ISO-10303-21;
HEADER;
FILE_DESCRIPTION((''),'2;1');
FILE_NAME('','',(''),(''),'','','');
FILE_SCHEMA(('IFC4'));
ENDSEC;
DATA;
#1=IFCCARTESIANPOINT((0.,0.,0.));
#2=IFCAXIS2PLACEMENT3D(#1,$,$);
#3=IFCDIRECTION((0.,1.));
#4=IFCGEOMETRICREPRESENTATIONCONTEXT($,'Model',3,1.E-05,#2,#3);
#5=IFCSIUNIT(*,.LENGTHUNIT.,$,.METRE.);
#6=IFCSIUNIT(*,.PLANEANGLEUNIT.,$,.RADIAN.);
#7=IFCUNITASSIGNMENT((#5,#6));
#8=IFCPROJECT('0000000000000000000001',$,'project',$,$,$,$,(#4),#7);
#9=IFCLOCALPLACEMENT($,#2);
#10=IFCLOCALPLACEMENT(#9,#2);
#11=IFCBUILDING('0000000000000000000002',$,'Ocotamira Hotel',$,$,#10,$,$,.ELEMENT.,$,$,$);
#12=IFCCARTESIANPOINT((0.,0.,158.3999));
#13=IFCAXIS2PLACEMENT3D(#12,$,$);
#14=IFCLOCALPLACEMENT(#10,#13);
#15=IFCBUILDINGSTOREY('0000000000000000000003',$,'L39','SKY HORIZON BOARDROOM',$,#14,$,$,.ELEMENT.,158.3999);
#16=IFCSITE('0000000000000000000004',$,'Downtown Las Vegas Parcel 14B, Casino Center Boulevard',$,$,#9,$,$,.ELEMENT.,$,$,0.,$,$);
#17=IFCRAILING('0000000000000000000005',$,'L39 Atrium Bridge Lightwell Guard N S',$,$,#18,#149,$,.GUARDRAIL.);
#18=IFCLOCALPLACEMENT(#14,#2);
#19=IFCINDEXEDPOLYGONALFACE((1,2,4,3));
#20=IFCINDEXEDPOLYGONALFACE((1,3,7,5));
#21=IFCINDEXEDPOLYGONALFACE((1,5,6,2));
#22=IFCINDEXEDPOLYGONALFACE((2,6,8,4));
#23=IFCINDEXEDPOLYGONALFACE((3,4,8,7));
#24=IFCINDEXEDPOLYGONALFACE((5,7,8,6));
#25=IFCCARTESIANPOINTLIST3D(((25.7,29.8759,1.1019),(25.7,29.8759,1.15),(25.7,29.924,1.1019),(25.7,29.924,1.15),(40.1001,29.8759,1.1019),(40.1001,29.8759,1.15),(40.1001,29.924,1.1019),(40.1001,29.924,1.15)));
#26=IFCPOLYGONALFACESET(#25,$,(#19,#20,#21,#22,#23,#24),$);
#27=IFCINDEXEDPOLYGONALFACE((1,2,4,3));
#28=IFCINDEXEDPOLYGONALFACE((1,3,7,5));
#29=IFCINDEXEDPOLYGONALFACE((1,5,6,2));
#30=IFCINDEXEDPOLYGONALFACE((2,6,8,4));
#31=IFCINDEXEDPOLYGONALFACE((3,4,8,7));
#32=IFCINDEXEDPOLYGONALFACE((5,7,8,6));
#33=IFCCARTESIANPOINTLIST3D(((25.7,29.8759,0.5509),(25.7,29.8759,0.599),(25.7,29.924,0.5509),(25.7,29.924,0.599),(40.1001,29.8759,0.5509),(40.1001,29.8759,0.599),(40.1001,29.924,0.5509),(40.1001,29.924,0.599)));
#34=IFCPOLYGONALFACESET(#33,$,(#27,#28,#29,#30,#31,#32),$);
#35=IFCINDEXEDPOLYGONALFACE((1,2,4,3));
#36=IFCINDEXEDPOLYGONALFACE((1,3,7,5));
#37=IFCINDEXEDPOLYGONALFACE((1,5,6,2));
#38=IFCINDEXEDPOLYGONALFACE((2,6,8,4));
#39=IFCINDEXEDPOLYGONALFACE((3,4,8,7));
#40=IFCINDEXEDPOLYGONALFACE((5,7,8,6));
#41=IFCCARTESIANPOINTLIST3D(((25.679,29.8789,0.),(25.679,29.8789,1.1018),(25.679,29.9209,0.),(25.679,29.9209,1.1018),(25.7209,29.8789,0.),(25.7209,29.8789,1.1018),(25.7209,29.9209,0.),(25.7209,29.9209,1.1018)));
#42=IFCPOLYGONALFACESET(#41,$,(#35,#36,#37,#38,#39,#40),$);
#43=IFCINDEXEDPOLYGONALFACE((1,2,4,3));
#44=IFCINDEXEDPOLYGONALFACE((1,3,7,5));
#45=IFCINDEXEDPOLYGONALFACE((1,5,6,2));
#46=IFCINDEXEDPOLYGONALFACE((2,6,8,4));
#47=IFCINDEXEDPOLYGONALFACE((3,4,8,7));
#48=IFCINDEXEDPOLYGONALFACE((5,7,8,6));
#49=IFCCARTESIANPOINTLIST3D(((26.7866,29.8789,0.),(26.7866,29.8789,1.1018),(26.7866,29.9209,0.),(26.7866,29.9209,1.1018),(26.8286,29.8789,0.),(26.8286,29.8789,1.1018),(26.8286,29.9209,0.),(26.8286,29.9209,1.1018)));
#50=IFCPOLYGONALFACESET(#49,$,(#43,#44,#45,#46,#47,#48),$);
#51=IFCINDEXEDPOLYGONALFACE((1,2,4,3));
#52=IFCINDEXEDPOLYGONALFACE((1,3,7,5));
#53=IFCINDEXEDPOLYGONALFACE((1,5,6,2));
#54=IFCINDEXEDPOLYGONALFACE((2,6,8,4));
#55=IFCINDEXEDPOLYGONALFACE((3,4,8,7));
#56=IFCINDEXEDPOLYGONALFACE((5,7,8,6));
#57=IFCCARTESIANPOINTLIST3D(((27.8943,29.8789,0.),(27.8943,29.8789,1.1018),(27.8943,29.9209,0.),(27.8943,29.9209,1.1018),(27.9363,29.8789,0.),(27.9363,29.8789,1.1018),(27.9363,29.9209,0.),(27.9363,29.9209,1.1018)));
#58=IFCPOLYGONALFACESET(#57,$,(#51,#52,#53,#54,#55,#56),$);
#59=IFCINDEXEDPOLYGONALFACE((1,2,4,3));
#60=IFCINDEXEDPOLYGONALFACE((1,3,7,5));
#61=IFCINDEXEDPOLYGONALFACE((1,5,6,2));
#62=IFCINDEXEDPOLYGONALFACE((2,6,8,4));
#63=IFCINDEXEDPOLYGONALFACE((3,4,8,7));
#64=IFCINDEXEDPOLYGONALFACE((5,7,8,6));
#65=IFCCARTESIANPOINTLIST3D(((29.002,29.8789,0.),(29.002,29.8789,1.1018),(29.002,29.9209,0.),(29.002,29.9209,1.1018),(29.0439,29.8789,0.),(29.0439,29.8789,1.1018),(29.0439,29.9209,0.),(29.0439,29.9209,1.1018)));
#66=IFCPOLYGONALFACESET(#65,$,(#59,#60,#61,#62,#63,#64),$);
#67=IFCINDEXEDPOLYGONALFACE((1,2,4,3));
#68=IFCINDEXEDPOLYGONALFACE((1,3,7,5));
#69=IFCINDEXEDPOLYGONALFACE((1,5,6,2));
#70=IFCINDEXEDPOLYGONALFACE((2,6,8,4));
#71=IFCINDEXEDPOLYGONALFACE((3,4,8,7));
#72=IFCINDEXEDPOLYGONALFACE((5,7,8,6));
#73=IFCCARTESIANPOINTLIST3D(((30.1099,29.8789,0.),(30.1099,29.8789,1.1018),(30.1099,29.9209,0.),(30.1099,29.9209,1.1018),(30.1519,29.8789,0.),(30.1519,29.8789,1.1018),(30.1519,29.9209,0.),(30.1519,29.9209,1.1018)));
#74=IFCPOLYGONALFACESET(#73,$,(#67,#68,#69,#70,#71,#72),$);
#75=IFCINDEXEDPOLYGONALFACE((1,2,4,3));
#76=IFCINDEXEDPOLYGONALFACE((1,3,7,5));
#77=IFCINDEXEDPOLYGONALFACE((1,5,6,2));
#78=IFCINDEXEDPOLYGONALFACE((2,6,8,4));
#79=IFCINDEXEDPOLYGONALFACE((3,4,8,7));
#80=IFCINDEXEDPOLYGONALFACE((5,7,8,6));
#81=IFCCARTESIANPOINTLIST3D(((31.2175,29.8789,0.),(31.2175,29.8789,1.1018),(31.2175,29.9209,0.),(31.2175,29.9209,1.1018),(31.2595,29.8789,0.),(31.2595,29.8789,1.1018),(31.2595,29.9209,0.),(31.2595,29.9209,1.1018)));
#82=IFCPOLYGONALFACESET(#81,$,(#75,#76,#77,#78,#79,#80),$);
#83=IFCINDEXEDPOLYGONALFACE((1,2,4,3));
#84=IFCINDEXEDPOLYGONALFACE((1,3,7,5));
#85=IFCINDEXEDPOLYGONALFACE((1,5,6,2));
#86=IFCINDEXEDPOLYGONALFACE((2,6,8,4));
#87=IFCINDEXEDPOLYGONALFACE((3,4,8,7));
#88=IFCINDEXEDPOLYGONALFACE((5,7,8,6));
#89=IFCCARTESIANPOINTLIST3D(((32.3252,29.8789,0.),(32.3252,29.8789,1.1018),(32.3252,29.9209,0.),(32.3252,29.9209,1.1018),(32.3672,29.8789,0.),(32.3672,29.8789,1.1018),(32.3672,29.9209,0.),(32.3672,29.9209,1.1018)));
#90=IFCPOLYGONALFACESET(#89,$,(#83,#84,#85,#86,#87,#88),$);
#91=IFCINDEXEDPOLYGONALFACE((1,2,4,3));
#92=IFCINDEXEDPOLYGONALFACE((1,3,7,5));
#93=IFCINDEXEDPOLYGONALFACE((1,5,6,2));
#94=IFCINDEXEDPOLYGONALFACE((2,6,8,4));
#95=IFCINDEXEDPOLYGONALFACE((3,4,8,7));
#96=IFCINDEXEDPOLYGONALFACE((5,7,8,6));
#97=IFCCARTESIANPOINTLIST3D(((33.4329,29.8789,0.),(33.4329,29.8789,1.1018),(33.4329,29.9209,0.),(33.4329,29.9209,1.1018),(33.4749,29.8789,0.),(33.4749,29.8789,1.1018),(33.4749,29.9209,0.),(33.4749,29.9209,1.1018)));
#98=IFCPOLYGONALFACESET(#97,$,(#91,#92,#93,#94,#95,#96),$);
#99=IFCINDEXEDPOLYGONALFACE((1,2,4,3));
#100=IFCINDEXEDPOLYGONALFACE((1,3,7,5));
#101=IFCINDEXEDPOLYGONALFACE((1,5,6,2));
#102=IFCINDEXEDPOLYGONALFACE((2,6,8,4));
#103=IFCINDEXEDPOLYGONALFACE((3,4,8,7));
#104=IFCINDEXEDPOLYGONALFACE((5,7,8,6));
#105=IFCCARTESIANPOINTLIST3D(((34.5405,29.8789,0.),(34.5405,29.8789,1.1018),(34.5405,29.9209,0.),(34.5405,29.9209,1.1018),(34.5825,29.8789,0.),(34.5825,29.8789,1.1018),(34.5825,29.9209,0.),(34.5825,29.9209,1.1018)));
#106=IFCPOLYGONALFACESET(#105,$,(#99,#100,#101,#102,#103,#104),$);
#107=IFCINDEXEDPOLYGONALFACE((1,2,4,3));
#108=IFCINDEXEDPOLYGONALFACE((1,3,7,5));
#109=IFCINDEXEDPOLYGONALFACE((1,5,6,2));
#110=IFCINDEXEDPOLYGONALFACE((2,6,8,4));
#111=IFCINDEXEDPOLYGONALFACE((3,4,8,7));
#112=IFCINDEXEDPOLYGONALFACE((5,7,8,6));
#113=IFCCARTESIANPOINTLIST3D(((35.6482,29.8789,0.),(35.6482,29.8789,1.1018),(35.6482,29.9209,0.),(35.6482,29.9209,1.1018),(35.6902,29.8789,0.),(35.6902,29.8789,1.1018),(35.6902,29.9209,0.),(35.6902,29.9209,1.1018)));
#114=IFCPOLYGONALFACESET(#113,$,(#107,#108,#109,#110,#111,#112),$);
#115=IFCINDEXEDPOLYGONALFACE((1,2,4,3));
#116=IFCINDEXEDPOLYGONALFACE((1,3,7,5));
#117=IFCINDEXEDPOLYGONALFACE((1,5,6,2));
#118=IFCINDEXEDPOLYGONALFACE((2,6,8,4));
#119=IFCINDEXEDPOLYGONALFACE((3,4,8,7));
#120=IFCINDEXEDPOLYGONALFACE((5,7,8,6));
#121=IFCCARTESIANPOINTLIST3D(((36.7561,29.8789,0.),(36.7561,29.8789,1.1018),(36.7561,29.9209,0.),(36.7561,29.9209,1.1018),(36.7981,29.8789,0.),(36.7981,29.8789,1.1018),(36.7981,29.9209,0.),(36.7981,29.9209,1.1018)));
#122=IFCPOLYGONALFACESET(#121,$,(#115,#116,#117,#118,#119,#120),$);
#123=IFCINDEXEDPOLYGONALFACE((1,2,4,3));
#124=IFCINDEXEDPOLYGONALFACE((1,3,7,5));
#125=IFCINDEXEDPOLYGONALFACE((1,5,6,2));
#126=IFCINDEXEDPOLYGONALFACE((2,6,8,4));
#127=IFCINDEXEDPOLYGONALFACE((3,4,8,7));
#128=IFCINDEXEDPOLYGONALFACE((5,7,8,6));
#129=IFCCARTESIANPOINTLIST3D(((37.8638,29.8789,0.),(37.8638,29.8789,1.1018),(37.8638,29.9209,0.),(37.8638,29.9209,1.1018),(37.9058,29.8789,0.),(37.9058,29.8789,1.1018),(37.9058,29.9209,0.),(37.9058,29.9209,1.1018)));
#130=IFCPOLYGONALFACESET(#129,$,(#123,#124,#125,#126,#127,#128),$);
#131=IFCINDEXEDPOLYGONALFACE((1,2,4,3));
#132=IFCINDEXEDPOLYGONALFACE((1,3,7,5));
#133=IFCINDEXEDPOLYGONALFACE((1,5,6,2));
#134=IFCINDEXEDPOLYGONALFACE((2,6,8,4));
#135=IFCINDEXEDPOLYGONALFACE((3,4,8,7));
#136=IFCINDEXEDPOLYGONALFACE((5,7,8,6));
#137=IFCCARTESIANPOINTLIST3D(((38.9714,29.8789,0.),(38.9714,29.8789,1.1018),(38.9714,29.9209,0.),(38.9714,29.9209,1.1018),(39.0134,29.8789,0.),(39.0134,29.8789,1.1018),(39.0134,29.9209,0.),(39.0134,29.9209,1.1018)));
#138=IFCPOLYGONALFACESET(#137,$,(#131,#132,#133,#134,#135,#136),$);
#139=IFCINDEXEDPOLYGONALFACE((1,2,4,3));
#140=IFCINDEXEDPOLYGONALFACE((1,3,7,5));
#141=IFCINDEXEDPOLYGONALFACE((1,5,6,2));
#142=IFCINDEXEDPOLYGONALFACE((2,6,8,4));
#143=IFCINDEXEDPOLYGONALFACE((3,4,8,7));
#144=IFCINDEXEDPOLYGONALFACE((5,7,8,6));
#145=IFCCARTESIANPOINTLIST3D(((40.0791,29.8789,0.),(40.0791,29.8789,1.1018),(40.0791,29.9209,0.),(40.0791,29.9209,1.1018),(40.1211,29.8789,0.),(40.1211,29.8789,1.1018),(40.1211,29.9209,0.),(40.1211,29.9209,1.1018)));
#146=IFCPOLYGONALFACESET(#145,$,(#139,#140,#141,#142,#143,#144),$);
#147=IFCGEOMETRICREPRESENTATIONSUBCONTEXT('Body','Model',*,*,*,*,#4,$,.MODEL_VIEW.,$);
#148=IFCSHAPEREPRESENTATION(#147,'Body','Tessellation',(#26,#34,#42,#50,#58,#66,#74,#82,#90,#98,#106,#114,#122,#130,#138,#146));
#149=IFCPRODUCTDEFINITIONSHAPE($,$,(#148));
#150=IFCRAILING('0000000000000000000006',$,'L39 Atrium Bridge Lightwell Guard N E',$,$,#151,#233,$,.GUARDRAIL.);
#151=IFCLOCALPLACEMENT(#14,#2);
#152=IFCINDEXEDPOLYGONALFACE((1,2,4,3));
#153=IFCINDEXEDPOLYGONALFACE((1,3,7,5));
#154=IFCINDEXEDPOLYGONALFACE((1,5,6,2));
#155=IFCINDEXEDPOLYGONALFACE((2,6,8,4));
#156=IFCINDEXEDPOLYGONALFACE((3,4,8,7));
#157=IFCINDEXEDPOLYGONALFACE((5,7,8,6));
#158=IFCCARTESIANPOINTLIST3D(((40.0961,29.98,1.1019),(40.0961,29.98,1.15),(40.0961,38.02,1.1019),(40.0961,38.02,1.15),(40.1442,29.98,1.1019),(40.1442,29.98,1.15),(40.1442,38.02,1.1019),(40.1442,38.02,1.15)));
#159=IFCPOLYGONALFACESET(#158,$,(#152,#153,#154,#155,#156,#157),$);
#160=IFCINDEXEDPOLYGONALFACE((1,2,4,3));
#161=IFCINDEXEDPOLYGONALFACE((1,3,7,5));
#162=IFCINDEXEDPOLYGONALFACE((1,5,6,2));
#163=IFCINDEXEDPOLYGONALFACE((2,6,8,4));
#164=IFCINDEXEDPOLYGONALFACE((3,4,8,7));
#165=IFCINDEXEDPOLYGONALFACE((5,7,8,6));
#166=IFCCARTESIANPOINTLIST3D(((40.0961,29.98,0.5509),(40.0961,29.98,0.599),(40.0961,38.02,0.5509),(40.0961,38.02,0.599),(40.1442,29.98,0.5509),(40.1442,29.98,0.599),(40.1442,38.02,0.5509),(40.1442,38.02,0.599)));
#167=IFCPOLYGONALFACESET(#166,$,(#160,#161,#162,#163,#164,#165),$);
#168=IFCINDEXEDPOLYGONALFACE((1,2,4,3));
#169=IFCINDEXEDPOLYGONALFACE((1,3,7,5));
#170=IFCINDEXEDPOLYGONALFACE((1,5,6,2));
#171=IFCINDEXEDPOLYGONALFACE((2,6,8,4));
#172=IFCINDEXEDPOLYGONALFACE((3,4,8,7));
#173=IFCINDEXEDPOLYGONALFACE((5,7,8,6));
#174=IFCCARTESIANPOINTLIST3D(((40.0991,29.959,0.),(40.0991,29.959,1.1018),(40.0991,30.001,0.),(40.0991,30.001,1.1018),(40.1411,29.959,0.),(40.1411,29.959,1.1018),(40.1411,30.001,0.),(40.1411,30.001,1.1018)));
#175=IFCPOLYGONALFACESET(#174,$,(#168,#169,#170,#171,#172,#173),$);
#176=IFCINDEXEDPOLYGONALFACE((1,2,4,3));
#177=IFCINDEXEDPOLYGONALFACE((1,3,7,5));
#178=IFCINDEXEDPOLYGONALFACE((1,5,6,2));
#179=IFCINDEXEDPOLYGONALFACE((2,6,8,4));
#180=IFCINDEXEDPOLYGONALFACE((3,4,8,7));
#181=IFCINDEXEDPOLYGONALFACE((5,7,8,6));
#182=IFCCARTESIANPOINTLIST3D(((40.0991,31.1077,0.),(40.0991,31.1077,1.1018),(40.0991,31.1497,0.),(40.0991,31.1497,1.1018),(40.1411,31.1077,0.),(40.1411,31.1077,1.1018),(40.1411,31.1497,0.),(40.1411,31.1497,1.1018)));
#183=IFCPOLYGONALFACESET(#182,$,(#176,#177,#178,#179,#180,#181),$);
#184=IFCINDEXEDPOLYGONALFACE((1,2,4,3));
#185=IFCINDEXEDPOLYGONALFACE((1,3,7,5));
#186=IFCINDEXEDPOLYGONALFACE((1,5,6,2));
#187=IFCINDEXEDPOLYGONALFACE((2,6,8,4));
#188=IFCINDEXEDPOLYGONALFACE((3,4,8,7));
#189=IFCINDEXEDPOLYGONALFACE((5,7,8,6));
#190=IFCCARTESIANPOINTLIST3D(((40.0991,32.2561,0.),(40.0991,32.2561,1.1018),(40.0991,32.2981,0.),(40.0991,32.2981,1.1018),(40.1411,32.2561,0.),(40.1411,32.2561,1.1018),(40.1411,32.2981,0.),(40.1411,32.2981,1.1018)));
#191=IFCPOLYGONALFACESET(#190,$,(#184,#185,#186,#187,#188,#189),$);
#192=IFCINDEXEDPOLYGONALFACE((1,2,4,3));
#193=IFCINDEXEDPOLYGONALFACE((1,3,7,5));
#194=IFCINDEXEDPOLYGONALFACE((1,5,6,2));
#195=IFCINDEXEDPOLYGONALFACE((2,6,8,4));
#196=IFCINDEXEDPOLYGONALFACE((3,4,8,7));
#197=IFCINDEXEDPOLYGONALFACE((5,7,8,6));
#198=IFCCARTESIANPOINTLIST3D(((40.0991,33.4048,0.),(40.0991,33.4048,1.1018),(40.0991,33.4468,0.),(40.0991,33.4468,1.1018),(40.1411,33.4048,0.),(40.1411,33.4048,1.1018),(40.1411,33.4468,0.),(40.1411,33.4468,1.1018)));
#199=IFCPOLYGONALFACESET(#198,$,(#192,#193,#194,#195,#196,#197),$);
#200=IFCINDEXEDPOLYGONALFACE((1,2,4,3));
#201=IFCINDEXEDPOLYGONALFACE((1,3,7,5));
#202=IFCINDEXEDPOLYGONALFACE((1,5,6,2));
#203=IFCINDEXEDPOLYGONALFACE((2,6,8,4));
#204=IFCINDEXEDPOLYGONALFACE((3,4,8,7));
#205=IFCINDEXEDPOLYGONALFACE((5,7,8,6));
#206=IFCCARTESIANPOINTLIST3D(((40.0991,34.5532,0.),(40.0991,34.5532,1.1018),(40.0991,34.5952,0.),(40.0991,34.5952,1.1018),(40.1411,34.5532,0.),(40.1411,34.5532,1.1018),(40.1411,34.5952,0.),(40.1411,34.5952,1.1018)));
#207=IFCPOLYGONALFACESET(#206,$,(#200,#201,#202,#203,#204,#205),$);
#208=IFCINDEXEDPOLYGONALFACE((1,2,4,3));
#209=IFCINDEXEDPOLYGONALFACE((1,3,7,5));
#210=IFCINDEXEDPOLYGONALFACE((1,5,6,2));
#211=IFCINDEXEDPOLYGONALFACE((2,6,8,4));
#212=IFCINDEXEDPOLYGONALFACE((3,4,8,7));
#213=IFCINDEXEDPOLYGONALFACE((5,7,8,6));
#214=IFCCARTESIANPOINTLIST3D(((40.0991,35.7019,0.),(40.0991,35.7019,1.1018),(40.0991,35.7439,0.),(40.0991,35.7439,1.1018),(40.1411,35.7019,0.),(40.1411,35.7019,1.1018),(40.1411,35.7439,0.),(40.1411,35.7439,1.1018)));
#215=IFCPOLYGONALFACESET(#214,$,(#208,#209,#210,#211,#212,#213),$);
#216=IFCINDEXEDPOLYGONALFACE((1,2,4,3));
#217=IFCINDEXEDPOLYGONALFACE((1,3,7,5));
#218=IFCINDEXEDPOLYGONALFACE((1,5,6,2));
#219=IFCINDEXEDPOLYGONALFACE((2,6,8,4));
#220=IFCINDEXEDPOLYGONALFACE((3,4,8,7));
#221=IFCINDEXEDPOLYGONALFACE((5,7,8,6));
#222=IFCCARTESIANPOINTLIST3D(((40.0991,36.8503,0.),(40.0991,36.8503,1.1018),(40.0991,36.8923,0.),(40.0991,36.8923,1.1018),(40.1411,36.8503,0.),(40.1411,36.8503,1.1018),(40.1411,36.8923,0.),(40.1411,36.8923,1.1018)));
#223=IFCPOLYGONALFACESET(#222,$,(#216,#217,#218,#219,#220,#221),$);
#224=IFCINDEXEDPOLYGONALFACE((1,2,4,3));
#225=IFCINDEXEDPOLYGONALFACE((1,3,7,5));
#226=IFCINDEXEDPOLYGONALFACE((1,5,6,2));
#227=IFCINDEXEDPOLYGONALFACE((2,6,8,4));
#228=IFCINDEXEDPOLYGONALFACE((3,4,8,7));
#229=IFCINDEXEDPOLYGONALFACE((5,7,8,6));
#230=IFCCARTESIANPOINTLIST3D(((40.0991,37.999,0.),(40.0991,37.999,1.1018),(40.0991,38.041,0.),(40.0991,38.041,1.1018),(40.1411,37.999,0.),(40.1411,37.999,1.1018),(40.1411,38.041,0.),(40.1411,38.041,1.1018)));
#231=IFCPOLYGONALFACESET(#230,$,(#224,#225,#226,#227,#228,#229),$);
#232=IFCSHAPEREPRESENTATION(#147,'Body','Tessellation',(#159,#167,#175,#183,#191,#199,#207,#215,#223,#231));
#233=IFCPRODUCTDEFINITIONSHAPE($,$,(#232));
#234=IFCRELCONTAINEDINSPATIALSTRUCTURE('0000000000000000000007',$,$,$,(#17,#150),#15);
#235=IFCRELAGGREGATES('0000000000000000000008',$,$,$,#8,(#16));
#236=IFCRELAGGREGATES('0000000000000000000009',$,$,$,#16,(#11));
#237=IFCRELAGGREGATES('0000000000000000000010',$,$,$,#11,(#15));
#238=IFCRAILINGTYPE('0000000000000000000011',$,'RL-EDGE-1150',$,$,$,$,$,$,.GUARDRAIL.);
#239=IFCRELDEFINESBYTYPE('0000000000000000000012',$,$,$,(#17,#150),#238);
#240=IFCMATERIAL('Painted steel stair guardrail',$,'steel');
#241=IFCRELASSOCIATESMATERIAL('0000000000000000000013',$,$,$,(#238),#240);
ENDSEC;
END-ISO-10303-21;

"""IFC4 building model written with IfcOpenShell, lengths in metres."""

from ifc_helpers import new_model, si_unit, direction, frame, origin, origin_2d, place, context, subcontext, project, spatial, rectangle, extrude, material, type_object, element, save


model = new_model("IFC4")

# Units and contexts
model_context = context("Model", 3, precision=1e-05, world=origin(), true_north=direction((0.0, 1.0)))
body_context = subcontext(model_context, "Body", "Model", "MODEL_VIEW")
ifc_project = project(units=[si_unit("LENGTHUNIT", "METRE"), si_unit("PLANEANGLEUNIT", "RADIAN")], contexts=[model_context])

# Site, building, storey
site_placement = place(None, origin())
site = spatial("IfcSite", under=ifc_project, at=site_placement, Name="Downtown Las Vegas Parcel 14B, Casino Center Boulevard", CompositionType="ELEMENT", RefElevation=0.0)
building_placement = place(site_placement, origin())
building = spatial("IfcBuilding", under=site, at=building_placement, Name="Ocotamira Hotel", CompositionType="ELEMENT")
storey_placement = place(building_placement, frame((0.0, 0.0, 158.3999)))
storey = spatial("IfcBuildingStorey", under=building, at=storey_placement, Name="L39", Description="SKY HORIZON BOARDROOM", CompositionType="ELEMENT", Elevation=158.3999)

# Railings
ifc_material_1 = material(Name="Painted steel stair guardrail", Category="steel")
railing_type_1 = type_object("IfcRailingType", Name="RL-EDGE-1150", PredefinedType="GUARDRAIL", material=ifc_material_1)
railing_1_placement = place(storey_placement, frame((25.7, 29.8999, 0.0)))
element("IfcRailing", 1, at=railing_1_placement, inside=storey, type_object=railing_type_1, Name="L39 Atrium Bridge Lightwell Guard N S", PredefinedType="GUARDRAIL", context=body_context, shape_type="SweptSolid", body=[
    extrude(rectangle(XDim=0.0481, YDim=0.0481, at=origin_2d()), frame((0.0, 0.0, 1.126), z_axis=(1.0, 0.0, 0.0), x_axis=(0.0, 1.0, 0.0)), (0.0, 0.0, 1.0), 14.4001),
    extrude(rectangle(XDim=0.0481, YDim=0.0481, at=origin_2d()), frame((0.0, 0.0, 0.575), z_axis=(1.0, 0.0, 0.0), x_axis=(0.0, 1.0, 0.0)), (0.0, 0.0, 1.0), 14.4001),
    extrude(rectangle(XDim=0.042, YDim=0.042, at=origin_2d()), origin(), (0.0, 0.0, 1.0), 1.1018),
    extrude(rectangle(XDim=0.042, YDim=0.042, at=origin_2d()), frame((1.1077, 0.0, 0.0)), (0.0, 0.0, 1.0), 1.1018),
    extrude(rectangle(XDim=0.042, YDim=0.042, at=origin_2d()), frame((2.2153, 0.0, 0.0)), (0.0, 0.0, 1.0), 1.1018),
    extrude(rectangle(XDim=0.042, YDim=0.042, at=origin_2d()), frame((3.323, 0.0, 0.0)), (0.0, 0.0, 1.0), 1.1018),
    extrude(rectangle(XDim=0.042, YDim=0.042, at=origin_2d()), frame((4.4309, 0.0, 0.0)), (0.0, 0.0, 1.0), 1.1018),
    extrude(rectangle(XDim=0.042, YDim=0.042, at=origin_2d()), frame((5.5386, 0.0, 0.0)), (0.0, 0.0, 1.0), 1.1018),
    extrude(rectangle(XDim=0.042, YDim=0.042, at=origin_2d()), frame((6.6462, 0.0, 0.0)), (0.0, 0.0, 1.0), 1.1018),
    extrude(rectangle(XDim=0.042, YDim=0.042, at=origin_2d()), frame((7.7539, 0.0, 0.0)), (0.0, 0.0, 1.0), 1.1018),
    extrude(rectangle(XDim=0.042, YDim=0.042, at=origin_2d()), frame((8.8616, 0.0, 0.0)), (0.0, 0.0, 1.0), 1.1018),
    extrude(rectangle(XDim=0.042, YDim=0.042, at=origin_2d()), frame((9.9692, 0.0, 0.0)), (0.0, 0.0, 1.0), 1.1018),
    extrude(rectangle(XDim=0.042, YDim=0.042, at=origin_2d()), frame((11.0771, 0.0, 0.0)), (0.0, 0.0, 1.0), 1.1018),
    extrude(rectangle(XDim=0.042, YDim=0.042, at=origin_2d()), frame((12.1848, 0.0, 0.0)), (0.0, 0.0, 1.0), 1.1018),
    extrude(rectangle(XDim=0.042, YDim=0.042, at=origin_2d()), frame((13.2925, 0.0, 0.0)), (0.0, 0.0, 1.0), 1.1018),
    extrude(rectangle(XDim=0.042, YDim=0.042, at=origin_2d()), frame((14.4001, 0.0, 0.0)), (0.0, 0.0, 1.0), 1.1018),
])
railing_2_placement = place(storey_placement, frame((40.1201, 29.98, 0.0)))
element("IfcRailing", 2, at=railing_2_placement, inside=storey, type_object=railing_type_1, Name="L39 Atrium Bridge Lightwell Guard N E", PredefinedType="GUARDRAIL", context=body_context, shape_type="SweptSolid", body=[
    extrude(rectangle(XDim=0.0481, YDim=0.0481, at=origin_2d()), frame((0.0, 0.0, 1.126), z_axis=(0.0, 1.0, 0.0), x_axis=(-1.0, 0.0, 0.0)), (0.0, 0.0, 1.0), 8.04),
    extrude(rectangle(XDim=0.0481, YDim=0.0481, at=origin_2d()), frame((0.0, 0.0, 0.575), z_axis=(0.0, 1.0, 0.0), x_axis=(-1.0, 0.0, 0.0)), (0.0, 0.0, 1.0), 8.04),
    extrude(rectangle(XDim=0.042, YDim=0.042, at=origin_2d()), origin(), (0.0, 0.0, 1.0), 1.1018),
    extrude(rectangle(XDim=0.042, YDim=0.042, at=origin_2d()), frame((0.0, 1.1487, 0.0)), (0.0, 0.0, 1.0), 1.1018),
    extrude(rectangle(XDim=0.042, YDim=0.042, at=origin_2d()), frame((0.0, 2.2971, 0.0)), (0.0, 0.0, 1.0), 1.1018),
    extrude(rectangle(XDim=0.042, YDim=0.042, at=origin_2d()), frame((0.0, 3.4458, 0.0)), (0.0, 0.0, 1.0), 1.1018),
    extrude(rectangle(XDim=0.042, YDim=0.042, at=origin_2d()), frame((0.0, 4.5942, 0.0)), (0.0, 0.0, 1.0), 1.1018),
    extrude(rectangle(XDim=0.042, YDim=0.042, at=origin_2d()), frame((0.0, 5.7429, 0.0)), (0.0, 0.0, 1.0), 1.1018),
    extrude(rectangle(XDim=0.042, YDim=0.042, at=origin_2d()), frame((0.0, 6.8914, 0.0)), (0.0, 0.0, 1.0), 1.1018),
    extrude(rectangle(XDim=0.042, YDim=0.042, at=origin_2d()), frame((0.0, 8.04, 0.0)), (0.0, 0.0, 1.0), 1.1018),
])

save(model, "model.ifc")
